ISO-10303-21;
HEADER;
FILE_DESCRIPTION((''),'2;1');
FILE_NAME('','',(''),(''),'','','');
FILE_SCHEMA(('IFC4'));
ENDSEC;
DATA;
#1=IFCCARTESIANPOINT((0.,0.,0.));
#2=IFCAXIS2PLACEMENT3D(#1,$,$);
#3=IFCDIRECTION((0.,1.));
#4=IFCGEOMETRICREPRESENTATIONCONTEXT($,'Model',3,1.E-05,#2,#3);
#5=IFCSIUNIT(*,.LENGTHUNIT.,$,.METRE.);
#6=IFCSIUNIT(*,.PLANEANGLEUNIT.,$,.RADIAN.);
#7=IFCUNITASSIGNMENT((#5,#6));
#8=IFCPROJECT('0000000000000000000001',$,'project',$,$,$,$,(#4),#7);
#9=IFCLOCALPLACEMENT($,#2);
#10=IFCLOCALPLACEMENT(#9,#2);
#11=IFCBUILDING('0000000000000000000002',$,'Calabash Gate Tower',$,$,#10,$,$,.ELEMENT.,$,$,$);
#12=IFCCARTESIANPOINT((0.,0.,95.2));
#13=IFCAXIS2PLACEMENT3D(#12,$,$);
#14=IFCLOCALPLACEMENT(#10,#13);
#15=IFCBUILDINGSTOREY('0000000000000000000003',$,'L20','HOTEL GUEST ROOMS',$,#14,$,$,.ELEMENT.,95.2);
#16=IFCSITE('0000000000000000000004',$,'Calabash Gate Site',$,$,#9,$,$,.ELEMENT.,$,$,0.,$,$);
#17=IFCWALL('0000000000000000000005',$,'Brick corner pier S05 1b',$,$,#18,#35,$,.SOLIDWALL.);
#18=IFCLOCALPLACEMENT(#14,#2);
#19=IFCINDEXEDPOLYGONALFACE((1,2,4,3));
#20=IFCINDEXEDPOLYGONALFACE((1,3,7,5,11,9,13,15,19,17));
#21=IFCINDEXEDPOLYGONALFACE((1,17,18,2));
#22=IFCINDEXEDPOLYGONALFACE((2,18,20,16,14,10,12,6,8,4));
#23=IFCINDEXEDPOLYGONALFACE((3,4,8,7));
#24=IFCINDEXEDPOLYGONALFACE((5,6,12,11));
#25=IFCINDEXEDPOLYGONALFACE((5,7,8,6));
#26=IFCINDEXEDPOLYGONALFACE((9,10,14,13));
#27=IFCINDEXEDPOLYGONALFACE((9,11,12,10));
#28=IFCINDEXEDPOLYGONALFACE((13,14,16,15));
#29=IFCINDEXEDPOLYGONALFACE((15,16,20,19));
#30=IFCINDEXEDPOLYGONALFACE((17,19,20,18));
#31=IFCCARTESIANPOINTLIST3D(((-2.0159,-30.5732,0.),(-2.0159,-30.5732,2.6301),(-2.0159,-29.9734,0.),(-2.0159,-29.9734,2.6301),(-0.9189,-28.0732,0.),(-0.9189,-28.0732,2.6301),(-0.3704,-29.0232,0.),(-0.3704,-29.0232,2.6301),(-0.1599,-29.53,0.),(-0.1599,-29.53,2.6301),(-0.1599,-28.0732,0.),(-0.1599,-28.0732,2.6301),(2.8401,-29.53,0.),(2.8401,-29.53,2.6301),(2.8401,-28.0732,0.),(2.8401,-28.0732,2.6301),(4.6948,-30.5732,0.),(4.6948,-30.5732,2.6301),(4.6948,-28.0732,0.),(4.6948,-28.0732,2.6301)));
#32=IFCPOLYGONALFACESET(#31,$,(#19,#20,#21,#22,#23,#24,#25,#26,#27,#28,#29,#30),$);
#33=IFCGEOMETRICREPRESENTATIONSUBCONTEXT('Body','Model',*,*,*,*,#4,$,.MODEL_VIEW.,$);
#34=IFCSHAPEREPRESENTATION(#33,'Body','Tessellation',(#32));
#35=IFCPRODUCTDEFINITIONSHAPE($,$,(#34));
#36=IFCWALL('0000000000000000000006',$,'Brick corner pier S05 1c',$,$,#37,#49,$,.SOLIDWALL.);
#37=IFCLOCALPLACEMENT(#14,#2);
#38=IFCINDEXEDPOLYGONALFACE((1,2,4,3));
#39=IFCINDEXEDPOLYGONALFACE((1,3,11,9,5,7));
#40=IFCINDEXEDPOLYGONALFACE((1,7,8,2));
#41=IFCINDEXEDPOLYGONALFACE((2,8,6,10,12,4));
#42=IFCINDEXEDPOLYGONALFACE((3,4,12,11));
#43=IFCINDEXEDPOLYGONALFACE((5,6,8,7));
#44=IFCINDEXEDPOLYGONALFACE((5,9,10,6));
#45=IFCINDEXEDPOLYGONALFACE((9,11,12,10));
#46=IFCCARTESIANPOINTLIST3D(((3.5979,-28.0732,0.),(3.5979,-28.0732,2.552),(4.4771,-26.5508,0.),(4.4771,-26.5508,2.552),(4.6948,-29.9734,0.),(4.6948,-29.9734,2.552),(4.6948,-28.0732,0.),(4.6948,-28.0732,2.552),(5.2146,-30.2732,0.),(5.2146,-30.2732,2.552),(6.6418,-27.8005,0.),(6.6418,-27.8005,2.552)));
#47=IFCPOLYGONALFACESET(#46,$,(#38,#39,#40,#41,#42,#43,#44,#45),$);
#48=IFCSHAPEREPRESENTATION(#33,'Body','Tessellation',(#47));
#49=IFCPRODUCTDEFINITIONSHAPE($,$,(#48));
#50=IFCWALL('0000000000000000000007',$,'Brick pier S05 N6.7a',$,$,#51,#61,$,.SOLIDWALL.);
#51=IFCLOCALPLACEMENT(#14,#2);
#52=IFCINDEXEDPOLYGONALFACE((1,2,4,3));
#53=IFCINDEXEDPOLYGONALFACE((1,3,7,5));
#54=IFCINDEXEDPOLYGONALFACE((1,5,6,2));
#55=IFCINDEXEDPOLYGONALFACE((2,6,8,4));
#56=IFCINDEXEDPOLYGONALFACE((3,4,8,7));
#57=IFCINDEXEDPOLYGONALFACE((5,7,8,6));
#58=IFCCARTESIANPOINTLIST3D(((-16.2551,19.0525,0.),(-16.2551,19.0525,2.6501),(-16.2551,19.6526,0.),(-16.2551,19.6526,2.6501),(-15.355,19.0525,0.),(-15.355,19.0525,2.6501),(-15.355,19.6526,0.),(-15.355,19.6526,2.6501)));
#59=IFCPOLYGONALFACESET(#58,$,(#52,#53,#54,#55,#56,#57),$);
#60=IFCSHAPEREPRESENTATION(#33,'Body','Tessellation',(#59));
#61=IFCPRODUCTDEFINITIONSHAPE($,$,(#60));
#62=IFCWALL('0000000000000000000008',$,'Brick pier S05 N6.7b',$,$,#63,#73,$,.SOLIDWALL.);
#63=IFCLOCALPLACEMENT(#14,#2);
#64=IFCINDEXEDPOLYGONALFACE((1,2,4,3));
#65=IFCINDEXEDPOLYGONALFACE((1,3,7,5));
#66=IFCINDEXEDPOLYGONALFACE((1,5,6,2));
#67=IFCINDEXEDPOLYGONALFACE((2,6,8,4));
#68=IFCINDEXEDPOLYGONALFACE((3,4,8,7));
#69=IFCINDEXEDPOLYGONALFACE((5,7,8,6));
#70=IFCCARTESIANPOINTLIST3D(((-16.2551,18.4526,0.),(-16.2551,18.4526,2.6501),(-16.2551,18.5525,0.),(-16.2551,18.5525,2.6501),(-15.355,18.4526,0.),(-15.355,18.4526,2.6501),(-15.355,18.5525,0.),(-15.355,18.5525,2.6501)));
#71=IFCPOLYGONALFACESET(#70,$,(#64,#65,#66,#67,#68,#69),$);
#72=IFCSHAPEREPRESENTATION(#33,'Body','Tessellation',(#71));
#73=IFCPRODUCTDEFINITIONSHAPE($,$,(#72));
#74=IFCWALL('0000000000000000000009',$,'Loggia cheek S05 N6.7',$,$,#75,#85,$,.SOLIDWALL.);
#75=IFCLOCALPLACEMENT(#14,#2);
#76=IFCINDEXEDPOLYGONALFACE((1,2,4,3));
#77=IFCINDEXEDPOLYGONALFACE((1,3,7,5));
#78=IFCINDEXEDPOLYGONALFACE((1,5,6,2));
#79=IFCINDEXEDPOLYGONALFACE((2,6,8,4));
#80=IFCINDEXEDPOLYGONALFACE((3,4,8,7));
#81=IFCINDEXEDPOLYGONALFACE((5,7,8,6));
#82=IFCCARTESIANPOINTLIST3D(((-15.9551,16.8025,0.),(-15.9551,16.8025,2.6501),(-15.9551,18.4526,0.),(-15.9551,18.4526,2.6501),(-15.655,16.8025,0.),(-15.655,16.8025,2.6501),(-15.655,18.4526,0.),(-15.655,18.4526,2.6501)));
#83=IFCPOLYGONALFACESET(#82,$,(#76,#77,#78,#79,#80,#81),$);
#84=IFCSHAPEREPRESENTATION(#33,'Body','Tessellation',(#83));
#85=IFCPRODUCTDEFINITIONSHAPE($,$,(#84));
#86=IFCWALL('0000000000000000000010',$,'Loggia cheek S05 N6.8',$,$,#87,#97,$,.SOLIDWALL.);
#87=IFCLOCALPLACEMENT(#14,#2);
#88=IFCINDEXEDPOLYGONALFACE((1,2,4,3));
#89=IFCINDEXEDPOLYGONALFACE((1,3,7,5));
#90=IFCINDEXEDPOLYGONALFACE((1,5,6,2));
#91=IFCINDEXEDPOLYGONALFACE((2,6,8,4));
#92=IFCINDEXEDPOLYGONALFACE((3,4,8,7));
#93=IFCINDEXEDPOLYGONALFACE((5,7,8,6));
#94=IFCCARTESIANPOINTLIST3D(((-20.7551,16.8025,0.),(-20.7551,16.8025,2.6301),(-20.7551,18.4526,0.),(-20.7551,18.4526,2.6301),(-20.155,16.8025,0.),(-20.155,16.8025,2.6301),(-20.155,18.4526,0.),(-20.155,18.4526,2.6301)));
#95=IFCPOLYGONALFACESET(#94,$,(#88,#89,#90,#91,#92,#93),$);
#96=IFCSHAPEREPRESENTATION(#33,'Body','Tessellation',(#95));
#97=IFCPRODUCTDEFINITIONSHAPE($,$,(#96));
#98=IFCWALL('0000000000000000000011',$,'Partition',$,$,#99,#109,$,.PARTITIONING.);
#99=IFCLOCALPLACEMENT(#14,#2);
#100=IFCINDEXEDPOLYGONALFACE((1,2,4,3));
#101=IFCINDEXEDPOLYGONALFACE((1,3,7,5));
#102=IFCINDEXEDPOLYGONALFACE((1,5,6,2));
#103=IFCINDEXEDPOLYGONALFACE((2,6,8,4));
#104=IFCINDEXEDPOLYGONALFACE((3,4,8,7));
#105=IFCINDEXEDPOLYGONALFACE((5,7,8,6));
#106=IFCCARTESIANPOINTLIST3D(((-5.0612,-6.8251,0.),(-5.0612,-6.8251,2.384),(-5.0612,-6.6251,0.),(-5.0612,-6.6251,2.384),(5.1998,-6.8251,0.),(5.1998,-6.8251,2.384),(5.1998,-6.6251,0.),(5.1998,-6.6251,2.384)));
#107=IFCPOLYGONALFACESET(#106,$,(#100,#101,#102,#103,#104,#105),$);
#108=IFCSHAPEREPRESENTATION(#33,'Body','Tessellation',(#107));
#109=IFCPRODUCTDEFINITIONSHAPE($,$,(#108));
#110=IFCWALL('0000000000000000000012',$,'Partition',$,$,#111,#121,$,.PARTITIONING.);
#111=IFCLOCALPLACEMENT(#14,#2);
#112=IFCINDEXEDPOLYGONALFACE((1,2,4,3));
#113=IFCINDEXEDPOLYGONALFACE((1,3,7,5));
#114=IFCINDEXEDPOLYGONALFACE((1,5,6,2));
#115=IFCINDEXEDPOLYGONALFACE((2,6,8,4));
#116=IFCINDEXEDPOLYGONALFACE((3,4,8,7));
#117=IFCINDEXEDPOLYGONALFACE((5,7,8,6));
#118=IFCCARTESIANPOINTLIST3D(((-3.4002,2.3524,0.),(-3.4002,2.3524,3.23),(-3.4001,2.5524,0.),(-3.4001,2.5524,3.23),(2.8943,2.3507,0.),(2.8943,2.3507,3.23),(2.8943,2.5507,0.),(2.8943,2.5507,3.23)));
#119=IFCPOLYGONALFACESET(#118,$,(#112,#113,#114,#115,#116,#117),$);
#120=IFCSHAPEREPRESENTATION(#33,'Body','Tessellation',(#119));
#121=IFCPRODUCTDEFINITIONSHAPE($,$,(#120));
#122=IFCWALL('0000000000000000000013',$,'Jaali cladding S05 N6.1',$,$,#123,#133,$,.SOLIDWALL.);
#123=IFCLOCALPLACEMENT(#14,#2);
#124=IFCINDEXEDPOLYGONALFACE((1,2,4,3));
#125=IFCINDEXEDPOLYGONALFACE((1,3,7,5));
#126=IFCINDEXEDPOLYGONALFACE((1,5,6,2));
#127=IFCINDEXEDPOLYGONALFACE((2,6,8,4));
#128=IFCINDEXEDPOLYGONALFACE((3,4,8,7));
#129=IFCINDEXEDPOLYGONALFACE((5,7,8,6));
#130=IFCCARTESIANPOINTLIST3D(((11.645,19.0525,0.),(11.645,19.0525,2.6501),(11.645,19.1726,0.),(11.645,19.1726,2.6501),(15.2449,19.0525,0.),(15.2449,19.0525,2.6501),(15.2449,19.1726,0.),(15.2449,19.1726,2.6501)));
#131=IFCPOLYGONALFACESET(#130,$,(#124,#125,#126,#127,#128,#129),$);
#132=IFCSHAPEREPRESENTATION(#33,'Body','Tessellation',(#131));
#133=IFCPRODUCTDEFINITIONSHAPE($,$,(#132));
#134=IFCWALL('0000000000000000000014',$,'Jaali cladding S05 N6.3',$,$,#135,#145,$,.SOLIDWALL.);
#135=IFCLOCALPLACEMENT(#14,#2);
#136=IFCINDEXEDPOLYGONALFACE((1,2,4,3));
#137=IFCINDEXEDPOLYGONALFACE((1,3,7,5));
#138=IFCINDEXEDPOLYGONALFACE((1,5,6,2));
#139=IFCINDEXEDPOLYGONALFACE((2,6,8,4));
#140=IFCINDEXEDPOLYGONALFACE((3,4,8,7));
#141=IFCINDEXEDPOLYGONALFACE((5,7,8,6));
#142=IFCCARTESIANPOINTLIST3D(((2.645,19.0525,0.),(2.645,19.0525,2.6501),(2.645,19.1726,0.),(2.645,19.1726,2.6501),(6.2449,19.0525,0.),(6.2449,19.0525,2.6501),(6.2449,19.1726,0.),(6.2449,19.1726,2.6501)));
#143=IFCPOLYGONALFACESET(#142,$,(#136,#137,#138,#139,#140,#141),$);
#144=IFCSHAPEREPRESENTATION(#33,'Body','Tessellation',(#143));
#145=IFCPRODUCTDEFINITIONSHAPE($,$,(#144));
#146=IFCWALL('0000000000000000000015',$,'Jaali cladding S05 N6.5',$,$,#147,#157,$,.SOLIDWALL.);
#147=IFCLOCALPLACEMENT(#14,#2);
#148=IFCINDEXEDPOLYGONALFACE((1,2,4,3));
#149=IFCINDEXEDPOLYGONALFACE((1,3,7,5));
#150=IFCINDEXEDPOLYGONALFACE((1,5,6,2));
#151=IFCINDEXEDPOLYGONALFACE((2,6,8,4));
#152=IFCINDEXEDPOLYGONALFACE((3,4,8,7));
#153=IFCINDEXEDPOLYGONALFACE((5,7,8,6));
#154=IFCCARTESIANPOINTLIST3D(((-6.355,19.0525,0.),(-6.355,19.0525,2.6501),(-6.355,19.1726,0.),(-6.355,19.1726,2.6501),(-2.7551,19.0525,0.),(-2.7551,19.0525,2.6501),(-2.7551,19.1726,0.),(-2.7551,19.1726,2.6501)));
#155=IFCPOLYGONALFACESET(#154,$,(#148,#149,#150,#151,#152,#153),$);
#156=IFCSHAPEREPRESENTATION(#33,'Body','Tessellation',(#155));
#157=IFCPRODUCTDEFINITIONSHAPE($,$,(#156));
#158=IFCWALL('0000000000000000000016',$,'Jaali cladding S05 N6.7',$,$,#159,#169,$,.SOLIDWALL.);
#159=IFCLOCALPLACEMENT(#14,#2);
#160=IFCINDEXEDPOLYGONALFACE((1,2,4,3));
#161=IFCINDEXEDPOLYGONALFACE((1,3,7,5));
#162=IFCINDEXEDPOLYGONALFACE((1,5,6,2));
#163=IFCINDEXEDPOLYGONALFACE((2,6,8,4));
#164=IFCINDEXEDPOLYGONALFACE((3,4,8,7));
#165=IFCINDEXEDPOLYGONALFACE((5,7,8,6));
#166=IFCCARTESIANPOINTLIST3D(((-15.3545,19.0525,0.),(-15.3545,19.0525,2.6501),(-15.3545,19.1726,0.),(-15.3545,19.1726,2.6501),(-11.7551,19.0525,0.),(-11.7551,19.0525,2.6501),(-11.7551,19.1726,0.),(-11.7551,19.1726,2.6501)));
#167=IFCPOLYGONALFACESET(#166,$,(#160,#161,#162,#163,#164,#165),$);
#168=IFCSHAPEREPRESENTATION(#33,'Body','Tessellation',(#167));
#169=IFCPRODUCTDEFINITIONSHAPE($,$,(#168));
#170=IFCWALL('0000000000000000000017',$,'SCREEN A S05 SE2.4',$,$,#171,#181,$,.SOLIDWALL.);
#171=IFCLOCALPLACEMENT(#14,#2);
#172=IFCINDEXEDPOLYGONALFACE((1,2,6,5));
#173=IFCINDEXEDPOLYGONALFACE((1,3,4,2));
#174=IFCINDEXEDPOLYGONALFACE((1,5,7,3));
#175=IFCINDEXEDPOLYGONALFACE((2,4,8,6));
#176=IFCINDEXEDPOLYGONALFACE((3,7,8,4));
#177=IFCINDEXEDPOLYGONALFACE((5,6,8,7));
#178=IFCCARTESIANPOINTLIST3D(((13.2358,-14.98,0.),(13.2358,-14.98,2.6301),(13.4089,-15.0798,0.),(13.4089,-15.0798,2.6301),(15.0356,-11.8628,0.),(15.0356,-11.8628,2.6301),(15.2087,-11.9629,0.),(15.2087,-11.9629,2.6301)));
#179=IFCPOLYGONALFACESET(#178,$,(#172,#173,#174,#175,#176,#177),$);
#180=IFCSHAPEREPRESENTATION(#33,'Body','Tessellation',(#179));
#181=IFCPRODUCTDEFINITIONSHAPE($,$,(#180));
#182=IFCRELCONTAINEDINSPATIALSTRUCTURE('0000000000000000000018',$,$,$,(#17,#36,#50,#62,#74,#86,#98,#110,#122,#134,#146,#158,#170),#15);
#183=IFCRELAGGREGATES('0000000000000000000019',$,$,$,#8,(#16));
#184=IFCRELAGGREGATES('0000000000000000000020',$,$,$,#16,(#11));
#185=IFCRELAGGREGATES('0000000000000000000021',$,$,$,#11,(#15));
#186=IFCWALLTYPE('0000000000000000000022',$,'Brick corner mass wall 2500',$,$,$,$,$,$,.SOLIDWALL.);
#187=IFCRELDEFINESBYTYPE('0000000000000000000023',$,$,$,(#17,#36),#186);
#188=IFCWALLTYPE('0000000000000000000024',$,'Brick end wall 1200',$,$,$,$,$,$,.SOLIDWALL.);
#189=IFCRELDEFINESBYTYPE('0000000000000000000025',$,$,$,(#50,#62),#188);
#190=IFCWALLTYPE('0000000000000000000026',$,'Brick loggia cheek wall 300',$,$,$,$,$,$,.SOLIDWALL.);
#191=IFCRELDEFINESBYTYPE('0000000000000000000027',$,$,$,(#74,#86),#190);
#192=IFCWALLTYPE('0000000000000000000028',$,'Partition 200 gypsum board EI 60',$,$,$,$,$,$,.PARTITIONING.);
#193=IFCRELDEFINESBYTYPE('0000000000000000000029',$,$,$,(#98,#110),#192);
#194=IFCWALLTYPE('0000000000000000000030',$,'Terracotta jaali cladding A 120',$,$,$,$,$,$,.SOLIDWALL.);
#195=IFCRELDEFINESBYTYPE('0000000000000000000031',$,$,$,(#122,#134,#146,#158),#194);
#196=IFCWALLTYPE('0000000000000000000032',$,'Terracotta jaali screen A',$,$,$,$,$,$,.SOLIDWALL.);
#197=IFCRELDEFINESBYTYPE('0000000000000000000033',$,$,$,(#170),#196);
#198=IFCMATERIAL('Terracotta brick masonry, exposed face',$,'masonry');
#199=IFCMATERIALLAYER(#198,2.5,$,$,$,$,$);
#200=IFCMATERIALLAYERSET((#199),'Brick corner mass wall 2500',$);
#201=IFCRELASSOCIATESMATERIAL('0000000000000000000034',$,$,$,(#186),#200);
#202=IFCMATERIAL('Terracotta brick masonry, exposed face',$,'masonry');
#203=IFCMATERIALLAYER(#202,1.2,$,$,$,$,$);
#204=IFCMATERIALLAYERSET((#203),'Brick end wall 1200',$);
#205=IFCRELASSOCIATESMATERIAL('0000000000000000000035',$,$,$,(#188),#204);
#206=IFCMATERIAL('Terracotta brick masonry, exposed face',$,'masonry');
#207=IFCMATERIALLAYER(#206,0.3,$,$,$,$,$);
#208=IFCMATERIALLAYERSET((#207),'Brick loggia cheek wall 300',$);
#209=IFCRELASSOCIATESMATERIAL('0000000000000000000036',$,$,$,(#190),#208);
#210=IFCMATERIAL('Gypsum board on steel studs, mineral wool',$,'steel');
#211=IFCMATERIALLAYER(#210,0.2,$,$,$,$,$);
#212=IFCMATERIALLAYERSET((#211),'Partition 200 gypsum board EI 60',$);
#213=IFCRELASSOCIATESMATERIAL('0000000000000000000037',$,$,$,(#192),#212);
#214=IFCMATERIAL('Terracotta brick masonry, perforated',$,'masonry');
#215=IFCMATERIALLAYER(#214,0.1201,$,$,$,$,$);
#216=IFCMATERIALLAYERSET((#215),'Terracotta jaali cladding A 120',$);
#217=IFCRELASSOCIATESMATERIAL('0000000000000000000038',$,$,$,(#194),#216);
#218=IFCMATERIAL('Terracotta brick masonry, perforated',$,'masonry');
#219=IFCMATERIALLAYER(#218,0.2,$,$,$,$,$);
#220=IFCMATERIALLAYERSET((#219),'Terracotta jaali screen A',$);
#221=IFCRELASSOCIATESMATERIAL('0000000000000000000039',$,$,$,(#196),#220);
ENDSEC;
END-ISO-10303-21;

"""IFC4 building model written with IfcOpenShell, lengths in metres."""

from ifc_helpers import new_model, si_unit, direction, frame, frame_2d, origin, place, context, subcontext, project, spatial, polyline, rectangle, outline, extrude, material, layer, layer_set, type_object, element, save


model = new_model("IFC4")

# Units and contexts
model_context = context("Model", 3, precision=1e-05, world=origin(), true_north=direction((0.0, 1.0)))
body_context = subcontext(model_context, "Body", "Model", "MODEL_VIEW")
ifc_project = project(units=[si_unit("LENGTHUNIT", "METRE"), si_unit("PLANEANGLEUNIT", "RADIAN")], contexts=[model_context])

# Site, building, storey
site_placement = place(None, origin())
site = spatial("IfcSite", under=ifc_project, at=site_placement, Name="Calabash Gate Site", CompositionType="ELEMENT", RefElevation=0.0)
building_placement = place(site_placement, origin())
building = spatial("IfcBuilding", under=site, at=building_placement, Name="Calabash Gate Tower", CompositionType="ELEMENT")
storey_placement = place(building_placement, frame((0.0, 0.0, 95.2)))
storey = spatial("IfcBuildingStorey", under=building, at=storey_placement, Name="L20", Description="HOTEL GUEST ROOMS", CompositionType="ELEMENT", Elevation=95.2)

# Walls
ifc_material_1 = material(Name="Terracotta brick masonry, exposed face", Category="masonry")
ifc_layer_1 = layer(ifc_material_1, 2.5)
ifc_layer_set_1 = layer_set([ifc_layer_1], Name="Brick corner mass wall 2500")
wall_type_1 = type_object("IfcWallType", Name="Brick corner mass wall 2500", PredefinedType="SOLIDWALL", material=ifc_layer_set_1)
wall_1_placement = place(storey_placement, origin())
element("IfcWall", 1, at=wall_1_placement, inside=storey, type_object=wall_type_1, Name="Brick corner pier S05 1b", PredefinedType="SOLIDWALL", context=body_context, shape_type="SweptSolid", body=[
    extrude(outline(polyline([(-0.9189, -28.0732), (-0.3704, -29.0232), (-2.0159, -29.9734), (-2.0159, -30.5732), (4.6948, -30.5732), (4.6948, -28.0732), (2.8401, -28.0732), (2.8401, -29.53), (-0.1599, -29.53), (-0.1599, -28.0732), (-0.9189, -28.0732)])), origin(), (0.0, 0.0, 1.0), 2.6301),
])
wall_2_placement = place(storey_placement, origin())
element("IfcWall", 2, at=wall_2_placement, inside=storey, type_object=wall_type_1, Name="Brick corner pier S05 1c", PredefinedType="SOLIDWALL", context=body_context, shape_type="SweptSolid", body=[
    extrude(outline(polyline([(6.6418, -27.8005), (4.4771, -26.5508), (3.5979, -28.0732), (4.6948, -28.0732), (4.6948, -29.9734), (5.2146, -30.2732), (6.6418, -27.8005)])), origin(), (0.0, 0.0, 1.0), 2.552),
])
ifc_material_2 = material(Name="Terracotta brick masonry, exposed face", Category="masonry")
ifc_layer_2 = layer(ifc_material_2, 1.2)
ifc_layer_set_2 = layer_set([ifc_layer_2], Name="Brick end wall 1200")
wall_type_2 = type_object("IfcWallType", Name="Brick end wall 1200", PredefinedType="SOLIDWALL", material=ifc_layer_set_2)
wall_3_placement = place(storey_placement, origin())
element("IfcWall", 3, at=wall_3_placement, inside=storey, type_object=wall_type_2, Name="Brick pier S05 N6.7a", PredefinedType="SOLIDWALL", context=body_context, shape_type="SweptSolid", body=[
    extrude(outline(polyline([(-15.355, 19.0525), (-15.355, 19.6526), (-16.2551, 19.6526), (-16.2551, 19.0525), (-15.355, 19.0525)])), origin(), (0.0, 0.0, 1.0), 2.6501),
])
wall_4_placement = place(storey_placement, origin())
element("IfcWall", 4, at=wall_4_placement, inside=storey, type_object=wall_type_2, Name="Brick pier S05 N6.7b", PredefinedType="SOLIDWALL", context=body_context, shape_type="SweptSolid", body=[
    extrude(outline(polyline([(-15.355, 18.4526), (-15.355, 18.5525), (-16.2551, 18.5525), (-16.2551, 18.4526), (-15.355, 18.4526)])), origin(), (0.0, 0.0, 1.0), 2.6501),
])
ifc_material_3 = material(Name="Terracotta brick masonry, exposed face", Category="masonry")
ifc_layer_3 = layer(ifc_material_3, 0.3)
ifc_layer_set_3 = layer_set([ifc_layer_3], Name="Brick loggia cheek wall 300")
wall_type_3 = type_object("IfcWallType", Name="Brick loggia cheek wall 300", PredefinedType="SOLIDWALL", material=ifc_layer_set_3)
wall_5_placement = place(storey_placement, origin())
element("IfcWall", 5, at=wall_5_placement, inside=storey, type_object=wall_type_3, Name="Loggia cheek S05 N6.7", PredefinedType="SOLIDWALL", context=body_context, shape_type="SweptSolid", body=[
    extrude(outline(polyline([(-15.655, 16.8025), (-15.655, 18.4526), (-15.9551, 18.4526), (-15.9551, 16.8025), (-15.655, 16.8025)])), origin(), (0.0, 0.0, 1.0), 2.6501),
])
wall_6_placement = place(storey_placement, origin())
element("IfcWall", 6, at=wall_6_placement, inside=storey, type_object=wall_type_3, Name="Loggia cheek S05 N6.8", PredefinedType="SOLIDWALL", context=body_context, shape_type="SweptSolid", body=[
    extrude(outline(polyline([(-20.7551, 18.4526), (-20.7551, 16.8025), (-20.155, 16.8025), (-20.155, 18.4526), (-20.7551, 18.4526)])), origin(), (0.0, 0.0, 1.0), 2.6301),
])
ifc_material_4 = material(Name="Gypsum board on steel studs, mineral wool", Category="steel")
ifc_layer_4 = layer(ifc_material_4, 0.2)
ifc_layer_set_4 = layer_set([ifc_layer_4], Name="Partition 200 gypsum board EI 60")
wall_type_4 = type_object("IfcWallType", Name="Partition 200 gypsum board EI 60", PredefinedType="PARTITIONING", material=ifc_layer_set_4)
wall_7_placement = place(storey_placement, frame((-5.061, -6.7251, 0.0), z_axis=(0.0, 0.0, 1.0), x_axis=(1.0, 0.0, 0.0)))
element("IfcWall", 7, at=wall_7_placement, inside=storey, type_object=wall_type_4, Name="Partition", PredefinedType="PARTITIONING", context=body_context, shape_type="SweptSolid", body=[
    extrude(rectangle(XDim=10.261, YDim=0.2, at=frame_2d((5.1304, 0.0))), origin(), (0.0, 0.0, 1.0), 2.384),
])
wall_8_placement = place(storey_placement, frame((-3.4001, 2.4524, 0.0), z_axis=(0.0, 0.0, 1.0), x_axis=(1.0, -0.000272, 0.0)))
element("IfcWall", 8, at=wall_8_placement, inside=storey, type_object=wall_type_4, Name="Partition", PredefinedType="PARTITIONING", context=body_context, shape_type="SweptSolid", body=[
    extrude(rectangle(XDim=6.2944, YDim=0.2, at=frame_2d((3.1472, 0.0))), origin(), (0.0, 0.0, 1.0), 3.23),
])
ifc_material_5 = material(Name="Terracotta brick masonry, perforated", Category="masonry")
ifc_layer_5 = layer(ifc_material_5, 0.1201)
ifc_layer_set_5 = layer_set([ifc_layer_5], Name="Terracotta jaali cladding A 120")
wall_type_5 = type_object("IfcWallType", Name="Terracotta jaali cladding A 120", PredefinedType="SOLIDWALL", material=ifc_layer_set_5)
wall_9_placement = place(storey_placement, origin())
element("IfcWall", 9, at=wall_9_placement, inside=storey, type_object=wall_type_5, Name="Jaali cladding S05 N6.1", PredefinedType="SOLIDWALL", context=body_context, shape_type="SweptSolid", body=[
    extrude(outline(polyline([(11.645, 19.1726), (11.645, 19.0525), (15.2449, 19.0525), (15.2449, 19.1726), (11.645, 19.1726)])), origin(), (0.0, 0.0, 1.0), 2.6501),
])
wall_10_placement = place(storey_placement, origin())
element("IfcWall", 10, at=wall_10_placement, inside=storey, type_object=wall_type_5, Name="Jaali cladding S05 N6.3", PredefinedType="SOLIDWALL", context=body_context, shape_type="SweptSolid", body=[
    extrude(outline(polyline([(2.645, 19.1726), (2.645, 19.0525), (6.2449, 19.0525), (6.2449, 19.1726), (2.645, 19.1726)])), origin(), (0.0, 0.0, 1.0), 2.6501),
])
wall_11_placement = place(storey_placement, origin())
element("IfcWall", 11, at=wall_11_placement, inside=storey, type_object=wall_type_5, Name="Jaali cladding S05 N6.5", PredefinedType="SOLIDWALL", context=body_context, shape_type="SweptSolid", body=[
    extrude(outline(polyline([(-6.355, 19.1726), (-6.355, 19.0525), (-2.7551, 19.0525), (-2.7551, 19.1726), (-6.355, 19.1726)])), origin(), (0.0, 0.0, 1.0), 2.6501),
])
wall_12_placement = place(storey_placement, origin())
element("IfcWall", 12, at=wall_12_placement, inside=storey, type_object=wall_type_5, Name="Jaali cladding S05 N6.7", PredefinedType="SOLIDWALL", context=body_context, shape_type="SweptSolid", body=[
    extrude(outline(polyline([(-15.3545, 19.1726), (-15.3545, 19.0525), (-11.7551, 19.0525), (-11.7551, 19.1726), (-15.3545, 19.1726)])), origin(), (0.0, 0.0, 1.0), 2.6501),
])
ifc_material_6 = material(Name="Terracotta brick masonry, perforated", Category="masonry")
ifc_layer_6 = layer(ifc_material_6, 0.2)
ifc_layer_set_6 = layer_set([ifc_layer_6], Name="Terracotta jaali screen A")
wall_type_6 = type_object("IfcWallType", Name="Terracotta jaali screen A", PredefinedType="SOLIDWALL", material=ifc_layer_set_6)
wall_13_placement = place(storey_placement, origin())
element("IfcWall", 13, at=wall_13_placement, inside=storey, type_object=wall_type_6, Name="SCREEN A S05 SE2.4", PredefinedType="SOLIDWALL", context=body_context, shape_type="SweptSolid", body=[
    extrude(outline(polyline([(13.4089, -15.0798), (15.2087, -11.9629), (15.0356, -11.8628), (13.2358, -14.98), (13.4089, -15.0798)])), origin(), (0.0, 0.0, 1.0), 2.6301),
])

save(model, "model.ifc")
